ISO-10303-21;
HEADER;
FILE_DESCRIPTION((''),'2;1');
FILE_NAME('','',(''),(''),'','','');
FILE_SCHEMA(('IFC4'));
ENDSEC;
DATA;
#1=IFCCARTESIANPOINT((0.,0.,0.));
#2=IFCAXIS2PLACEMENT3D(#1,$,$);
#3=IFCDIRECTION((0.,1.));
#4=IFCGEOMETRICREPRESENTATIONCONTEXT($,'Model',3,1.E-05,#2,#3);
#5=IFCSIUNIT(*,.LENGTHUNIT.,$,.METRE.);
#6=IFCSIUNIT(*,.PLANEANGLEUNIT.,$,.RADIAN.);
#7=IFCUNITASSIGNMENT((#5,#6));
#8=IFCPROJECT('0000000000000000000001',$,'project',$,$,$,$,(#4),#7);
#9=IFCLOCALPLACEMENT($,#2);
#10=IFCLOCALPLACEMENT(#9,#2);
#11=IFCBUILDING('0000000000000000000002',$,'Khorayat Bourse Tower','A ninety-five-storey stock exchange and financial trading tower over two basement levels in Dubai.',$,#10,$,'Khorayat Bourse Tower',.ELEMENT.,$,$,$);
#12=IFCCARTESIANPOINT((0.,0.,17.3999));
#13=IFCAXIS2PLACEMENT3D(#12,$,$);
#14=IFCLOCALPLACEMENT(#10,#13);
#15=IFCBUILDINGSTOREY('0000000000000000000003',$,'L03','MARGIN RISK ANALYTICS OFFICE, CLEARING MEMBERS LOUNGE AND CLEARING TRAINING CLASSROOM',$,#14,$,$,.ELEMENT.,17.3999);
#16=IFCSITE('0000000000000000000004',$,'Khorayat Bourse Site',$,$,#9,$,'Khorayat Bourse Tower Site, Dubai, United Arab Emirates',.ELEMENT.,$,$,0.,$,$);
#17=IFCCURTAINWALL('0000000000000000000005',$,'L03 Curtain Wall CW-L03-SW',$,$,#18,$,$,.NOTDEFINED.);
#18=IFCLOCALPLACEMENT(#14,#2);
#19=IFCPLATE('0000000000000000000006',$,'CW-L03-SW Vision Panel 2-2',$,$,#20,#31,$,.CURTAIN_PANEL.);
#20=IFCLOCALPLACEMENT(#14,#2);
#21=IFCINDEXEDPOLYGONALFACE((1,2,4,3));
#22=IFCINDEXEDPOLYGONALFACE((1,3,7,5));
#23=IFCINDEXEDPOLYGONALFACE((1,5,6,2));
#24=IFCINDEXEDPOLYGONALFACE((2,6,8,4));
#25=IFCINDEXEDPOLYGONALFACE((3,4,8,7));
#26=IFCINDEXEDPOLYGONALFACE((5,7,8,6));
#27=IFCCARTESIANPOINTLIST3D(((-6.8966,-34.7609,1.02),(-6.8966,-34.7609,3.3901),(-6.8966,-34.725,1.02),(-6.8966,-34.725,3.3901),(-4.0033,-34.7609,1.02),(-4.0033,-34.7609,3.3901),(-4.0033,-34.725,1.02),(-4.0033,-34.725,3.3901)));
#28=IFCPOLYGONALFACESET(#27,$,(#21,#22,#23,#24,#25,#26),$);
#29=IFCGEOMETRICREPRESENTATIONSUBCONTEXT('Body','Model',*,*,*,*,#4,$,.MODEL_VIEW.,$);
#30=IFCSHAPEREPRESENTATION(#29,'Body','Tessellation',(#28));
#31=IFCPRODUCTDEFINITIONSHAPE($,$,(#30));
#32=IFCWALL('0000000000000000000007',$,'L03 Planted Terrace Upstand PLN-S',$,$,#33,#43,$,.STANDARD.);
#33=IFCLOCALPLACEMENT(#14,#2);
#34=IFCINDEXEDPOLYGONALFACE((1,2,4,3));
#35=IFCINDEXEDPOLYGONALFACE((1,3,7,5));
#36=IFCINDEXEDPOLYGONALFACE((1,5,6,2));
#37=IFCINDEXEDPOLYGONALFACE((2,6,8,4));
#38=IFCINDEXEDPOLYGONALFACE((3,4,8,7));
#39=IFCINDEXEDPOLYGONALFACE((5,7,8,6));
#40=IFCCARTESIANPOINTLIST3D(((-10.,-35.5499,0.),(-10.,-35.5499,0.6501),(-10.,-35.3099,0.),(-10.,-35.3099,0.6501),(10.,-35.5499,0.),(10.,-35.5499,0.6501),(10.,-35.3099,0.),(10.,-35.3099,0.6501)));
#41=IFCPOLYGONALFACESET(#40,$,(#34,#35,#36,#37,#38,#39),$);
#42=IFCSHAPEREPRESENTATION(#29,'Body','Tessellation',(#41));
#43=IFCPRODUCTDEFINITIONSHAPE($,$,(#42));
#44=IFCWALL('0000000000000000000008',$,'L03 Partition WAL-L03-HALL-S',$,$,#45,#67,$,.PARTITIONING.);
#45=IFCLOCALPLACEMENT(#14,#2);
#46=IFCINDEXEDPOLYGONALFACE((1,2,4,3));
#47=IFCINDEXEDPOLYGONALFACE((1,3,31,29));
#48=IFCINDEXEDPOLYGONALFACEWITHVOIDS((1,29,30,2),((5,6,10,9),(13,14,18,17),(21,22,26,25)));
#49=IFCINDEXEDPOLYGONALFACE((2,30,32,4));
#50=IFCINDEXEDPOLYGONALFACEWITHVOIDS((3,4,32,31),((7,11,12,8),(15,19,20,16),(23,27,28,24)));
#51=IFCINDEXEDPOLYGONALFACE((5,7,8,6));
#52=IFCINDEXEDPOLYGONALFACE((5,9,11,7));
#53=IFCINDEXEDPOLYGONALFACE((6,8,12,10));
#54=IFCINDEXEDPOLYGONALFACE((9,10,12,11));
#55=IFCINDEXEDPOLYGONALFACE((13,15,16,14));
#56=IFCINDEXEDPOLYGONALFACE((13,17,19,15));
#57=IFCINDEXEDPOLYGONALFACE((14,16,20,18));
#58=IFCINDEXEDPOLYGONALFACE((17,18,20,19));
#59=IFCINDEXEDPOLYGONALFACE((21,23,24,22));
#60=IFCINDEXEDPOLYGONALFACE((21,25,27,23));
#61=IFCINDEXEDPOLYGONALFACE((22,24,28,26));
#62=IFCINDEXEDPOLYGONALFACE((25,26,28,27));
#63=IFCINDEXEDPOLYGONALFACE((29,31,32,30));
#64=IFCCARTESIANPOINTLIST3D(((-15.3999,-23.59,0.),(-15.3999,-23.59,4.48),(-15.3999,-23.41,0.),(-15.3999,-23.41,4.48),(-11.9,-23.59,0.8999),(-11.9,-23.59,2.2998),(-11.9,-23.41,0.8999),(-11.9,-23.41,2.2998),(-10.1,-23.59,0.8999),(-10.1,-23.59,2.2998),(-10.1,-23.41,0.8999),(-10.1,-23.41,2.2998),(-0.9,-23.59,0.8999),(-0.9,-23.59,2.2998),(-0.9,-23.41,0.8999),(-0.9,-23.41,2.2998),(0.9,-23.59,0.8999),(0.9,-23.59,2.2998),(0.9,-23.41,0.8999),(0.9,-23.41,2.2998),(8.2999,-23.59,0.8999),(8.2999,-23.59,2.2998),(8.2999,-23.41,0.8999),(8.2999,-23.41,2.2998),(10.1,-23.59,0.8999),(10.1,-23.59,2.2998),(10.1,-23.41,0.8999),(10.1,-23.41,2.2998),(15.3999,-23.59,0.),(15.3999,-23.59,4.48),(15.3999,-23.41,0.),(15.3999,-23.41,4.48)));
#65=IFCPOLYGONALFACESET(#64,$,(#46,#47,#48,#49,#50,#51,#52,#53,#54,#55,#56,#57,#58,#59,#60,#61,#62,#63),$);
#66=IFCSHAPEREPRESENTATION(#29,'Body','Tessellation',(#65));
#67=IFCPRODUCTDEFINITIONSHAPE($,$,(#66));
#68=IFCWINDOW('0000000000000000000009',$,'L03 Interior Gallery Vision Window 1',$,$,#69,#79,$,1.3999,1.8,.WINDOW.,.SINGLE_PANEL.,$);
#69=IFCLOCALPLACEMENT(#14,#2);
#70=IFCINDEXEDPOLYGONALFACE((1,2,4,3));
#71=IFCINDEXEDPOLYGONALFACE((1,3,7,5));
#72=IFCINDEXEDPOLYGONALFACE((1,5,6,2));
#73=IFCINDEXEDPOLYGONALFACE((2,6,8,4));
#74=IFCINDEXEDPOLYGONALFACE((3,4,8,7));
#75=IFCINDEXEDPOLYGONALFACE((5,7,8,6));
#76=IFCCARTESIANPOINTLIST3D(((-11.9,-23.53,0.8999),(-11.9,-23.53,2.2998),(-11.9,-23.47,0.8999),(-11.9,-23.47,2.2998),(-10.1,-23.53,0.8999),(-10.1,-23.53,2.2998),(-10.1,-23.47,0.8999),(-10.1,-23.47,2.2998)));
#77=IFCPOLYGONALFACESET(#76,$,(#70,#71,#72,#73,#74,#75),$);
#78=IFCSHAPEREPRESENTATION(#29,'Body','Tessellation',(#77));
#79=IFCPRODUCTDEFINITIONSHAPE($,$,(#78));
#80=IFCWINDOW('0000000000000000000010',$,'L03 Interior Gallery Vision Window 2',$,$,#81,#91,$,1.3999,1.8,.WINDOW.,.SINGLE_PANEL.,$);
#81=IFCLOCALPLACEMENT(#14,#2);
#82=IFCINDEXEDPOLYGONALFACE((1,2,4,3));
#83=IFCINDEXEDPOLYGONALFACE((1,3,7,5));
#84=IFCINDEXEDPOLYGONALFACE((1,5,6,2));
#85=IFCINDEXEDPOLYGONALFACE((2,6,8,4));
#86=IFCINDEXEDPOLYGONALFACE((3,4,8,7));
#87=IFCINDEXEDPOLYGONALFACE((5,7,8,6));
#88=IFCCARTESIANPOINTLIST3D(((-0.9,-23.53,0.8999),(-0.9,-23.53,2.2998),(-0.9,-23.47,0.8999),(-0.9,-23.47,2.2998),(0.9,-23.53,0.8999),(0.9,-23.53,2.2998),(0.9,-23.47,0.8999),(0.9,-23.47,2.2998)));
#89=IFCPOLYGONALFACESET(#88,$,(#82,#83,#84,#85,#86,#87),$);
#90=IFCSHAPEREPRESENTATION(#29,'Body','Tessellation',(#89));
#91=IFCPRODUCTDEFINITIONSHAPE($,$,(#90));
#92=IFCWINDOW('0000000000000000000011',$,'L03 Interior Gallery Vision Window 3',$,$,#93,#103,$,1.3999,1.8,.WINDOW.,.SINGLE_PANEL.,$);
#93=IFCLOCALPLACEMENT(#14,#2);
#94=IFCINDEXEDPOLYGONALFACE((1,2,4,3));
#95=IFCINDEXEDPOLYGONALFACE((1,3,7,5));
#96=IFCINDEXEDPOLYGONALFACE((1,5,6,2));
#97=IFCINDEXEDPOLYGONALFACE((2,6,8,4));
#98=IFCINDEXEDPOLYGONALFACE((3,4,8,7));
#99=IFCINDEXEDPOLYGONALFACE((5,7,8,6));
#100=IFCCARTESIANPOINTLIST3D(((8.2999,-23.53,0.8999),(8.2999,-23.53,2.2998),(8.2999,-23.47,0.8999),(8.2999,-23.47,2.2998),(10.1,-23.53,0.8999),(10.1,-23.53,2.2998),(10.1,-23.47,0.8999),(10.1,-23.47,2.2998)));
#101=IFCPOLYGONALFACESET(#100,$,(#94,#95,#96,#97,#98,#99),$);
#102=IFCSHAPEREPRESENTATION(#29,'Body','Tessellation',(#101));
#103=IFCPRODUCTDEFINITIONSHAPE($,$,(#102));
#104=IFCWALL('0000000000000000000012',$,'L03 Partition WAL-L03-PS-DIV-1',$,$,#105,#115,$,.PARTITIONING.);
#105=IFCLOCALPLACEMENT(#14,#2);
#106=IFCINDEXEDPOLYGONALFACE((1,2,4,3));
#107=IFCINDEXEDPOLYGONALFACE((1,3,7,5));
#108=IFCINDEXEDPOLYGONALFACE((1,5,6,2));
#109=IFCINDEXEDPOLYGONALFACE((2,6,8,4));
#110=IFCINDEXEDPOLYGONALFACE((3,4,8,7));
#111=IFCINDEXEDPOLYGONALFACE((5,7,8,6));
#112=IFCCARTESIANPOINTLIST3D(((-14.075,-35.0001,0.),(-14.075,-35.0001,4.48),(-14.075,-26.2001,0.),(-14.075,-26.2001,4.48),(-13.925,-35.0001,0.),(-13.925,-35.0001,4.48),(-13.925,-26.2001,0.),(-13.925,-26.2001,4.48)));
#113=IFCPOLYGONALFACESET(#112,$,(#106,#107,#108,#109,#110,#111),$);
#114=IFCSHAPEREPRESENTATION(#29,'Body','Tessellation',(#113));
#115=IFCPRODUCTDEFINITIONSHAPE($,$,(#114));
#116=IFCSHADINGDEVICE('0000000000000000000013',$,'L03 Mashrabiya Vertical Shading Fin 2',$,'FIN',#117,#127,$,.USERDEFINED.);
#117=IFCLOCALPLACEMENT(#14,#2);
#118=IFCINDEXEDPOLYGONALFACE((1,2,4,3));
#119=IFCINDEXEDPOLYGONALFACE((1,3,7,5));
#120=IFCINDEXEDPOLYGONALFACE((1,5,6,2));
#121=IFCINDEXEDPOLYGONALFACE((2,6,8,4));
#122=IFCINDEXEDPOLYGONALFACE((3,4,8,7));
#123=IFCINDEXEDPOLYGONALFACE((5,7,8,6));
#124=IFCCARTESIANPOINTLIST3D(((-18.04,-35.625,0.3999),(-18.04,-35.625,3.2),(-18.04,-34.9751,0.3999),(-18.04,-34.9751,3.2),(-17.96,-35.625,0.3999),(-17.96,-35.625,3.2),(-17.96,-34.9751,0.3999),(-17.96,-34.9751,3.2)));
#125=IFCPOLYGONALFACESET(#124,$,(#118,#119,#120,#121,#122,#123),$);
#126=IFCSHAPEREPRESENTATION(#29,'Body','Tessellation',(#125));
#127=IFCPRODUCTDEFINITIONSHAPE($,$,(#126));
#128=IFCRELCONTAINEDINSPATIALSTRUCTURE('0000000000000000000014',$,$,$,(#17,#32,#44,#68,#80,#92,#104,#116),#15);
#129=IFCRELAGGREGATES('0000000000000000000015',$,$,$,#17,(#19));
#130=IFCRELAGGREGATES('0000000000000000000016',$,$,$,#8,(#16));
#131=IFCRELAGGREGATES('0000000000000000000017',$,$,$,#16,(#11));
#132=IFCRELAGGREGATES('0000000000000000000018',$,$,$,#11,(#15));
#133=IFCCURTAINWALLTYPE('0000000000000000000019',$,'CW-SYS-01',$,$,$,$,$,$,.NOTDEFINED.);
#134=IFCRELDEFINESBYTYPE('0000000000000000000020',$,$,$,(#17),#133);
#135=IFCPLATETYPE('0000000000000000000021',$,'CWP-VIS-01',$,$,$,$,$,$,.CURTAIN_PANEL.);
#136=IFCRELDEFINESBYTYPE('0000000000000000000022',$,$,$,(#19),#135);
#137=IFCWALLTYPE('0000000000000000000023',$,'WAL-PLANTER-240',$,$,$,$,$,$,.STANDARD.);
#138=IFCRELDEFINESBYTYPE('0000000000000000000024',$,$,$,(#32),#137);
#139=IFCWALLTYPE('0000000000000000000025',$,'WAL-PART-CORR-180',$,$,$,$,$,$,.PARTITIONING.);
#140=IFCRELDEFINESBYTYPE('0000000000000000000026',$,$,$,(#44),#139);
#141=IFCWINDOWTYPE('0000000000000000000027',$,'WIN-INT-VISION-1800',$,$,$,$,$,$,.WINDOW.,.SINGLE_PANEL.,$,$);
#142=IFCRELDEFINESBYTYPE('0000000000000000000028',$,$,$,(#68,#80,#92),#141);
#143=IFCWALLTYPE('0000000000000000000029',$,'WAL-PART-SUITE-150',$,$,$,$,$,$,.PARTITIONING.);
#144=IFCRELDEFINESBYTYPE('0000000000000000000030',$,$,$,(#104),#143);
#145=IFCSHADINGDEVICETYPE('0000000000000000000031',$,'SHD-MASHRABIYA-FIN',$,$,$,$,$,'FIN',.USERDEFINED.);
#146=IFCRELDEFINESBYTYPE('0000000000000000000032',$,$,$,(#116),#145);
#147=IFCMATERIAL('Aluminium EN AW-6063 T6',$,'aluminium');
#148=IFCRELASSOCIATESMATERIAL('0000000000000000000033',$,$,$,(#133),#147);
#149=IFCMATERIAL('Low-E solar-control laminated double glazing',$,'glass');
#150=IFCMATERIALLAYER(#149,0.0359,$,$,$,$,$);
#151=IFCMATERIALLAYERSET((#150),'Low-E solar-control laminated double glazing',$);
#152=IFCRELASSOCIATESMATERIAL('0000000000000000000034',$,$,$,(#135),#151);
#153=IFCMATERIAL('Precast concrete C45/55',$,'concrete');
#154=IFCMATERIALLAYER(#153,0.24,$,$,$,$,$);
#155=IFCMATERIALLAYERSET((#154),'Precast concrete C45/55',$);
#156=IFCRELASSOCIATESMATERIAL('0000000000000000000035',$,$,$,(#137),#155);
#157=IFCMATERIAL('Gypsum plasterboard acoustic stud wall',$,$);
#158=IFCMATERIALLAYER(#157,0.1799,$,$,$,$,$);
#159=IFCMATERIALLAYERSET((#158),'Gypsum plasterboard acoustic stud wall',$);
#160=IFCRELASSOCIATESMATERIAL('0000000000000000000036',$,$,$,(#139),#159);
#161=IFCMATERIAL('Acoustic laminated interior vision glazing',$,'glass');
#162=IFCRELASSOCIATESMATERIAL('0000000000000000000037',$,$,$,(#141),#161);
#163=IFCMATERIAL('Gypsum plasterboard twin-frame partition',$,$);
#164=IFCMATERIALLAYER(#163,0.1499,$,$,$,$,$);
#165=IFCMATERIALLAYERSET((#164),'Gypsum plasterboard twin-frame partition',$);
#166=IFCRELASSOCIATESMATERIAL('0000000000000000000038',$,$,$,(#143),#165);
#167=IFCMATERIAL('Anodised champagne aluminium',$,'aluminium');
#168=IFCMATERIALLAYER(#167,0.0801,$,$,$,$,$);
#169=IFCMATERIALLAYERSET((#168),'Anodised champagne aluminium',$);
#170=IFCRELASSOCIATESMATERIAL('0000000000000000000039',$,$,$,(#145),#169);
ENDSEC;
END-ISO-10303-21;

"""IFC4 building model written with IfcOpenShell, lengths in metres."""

from ifc_helpers import new_model, si_unit, direction, frame, frame_2d, origin, origin_2d, place, context, subcontext, project, spatial, rectangle, extrude, source, transform, mapped, material, layer, layer_set, type_object, element, fill, aggregate, save


model = new_model("IFC4")

# Units and contexts
model_context = context("Model", 3, precision=1e-05, world=origin(), true_north=direction((0.0, 1.0)))
body_context = subcontext(model_context, "Body", "Model", "MODEL_VIEW")
ifc_project = project(units=[si_unit("LENGTHUNIT", "METRE"), si_unit("PLANEANGLEUNIT", "RADIAN")], contexts=[model_context])

# Site, building, storey
site_placement = place(None, origin())
site = spatial("IfcSite", under=ifc_project, at=site_placement, Name="Khorayat Bourse Site", LongName="Khorayat Bourse Tower Site, Dubai, United Arab Emirates", CompositionType="ELEMENT", RefElevation=0.0)
building_placement = place(site_placement, origin())
building = spatial("IfcBuilding", under=site, at=building_placement, Name="Khorayat Bourse Tower", Description="A ninety-five-storey stock exchange and financial trading tower over two basement levels in Dubai.", LongName="Khorayat Bourse Tower", CompositionType="ELEMENT")
storey_placement = place(building_placement, frame((0.0, 0.0, 17.3999)))
storey = spatial("IfcBuildingStorey", under=building, at=storey_placement, Name="L03", Description="MARGIN RISK ANALYTICS OFFICE, CLEARING MEMBERS LOUNGE AND CLEARING TRAINING CLASSROOM", CompositionType="ELEMENT", Elevation=17.3999)

# Curtain wall
ifc_material_1 = material(Name="Aluminium EN AW-6063 T6", Category="aluminium")
curtain_wall_type = type_object("IfcCurtainWallType", Name="CW-SYS-01", PredefinedType="NOTDEFINED", material=ifc_material_1)
curtain_wall_placement = place(storey_placement, origin())
curtain_wall = element("IfcCurtainWall", 1, at=curtain_wall_placement, inside=storey, type_object=curtain_wall_type, Name="L03 Curtain Wall CW-L03-SW", PredefinedType="NOTDEFINED")

# Plate
ifc_material_2 = material(Name="Low-E solar-control laminated double glazing", Category="glass")
ifc_layer_1 = layer(ifc_material_2, 0.0359)
ifc_layer_set_1 = layer_set([ifc_layer_1], Name="Low-E solar-control laminated double glazing")
plate_type_1 = type_object("IfcPlateType", Name="CWP-VIS-01", PredefinedType="CURTAIN_PANEL", material=ifc_layer_set_1)
shared_shape_1 = source(origin(), body_context, "Body", "SweptSolid", [
    extrude(rectangle(XDim=2.8933, YDim=0.0359, at=origin_2d()), origin(), (0.0, 0.0, 1.0), 2.3701),
])
plate_1_placement = place(storey_placement, frame((-5.45, -34.7429, 1.02), z_axis=(0.0, 0.0, 1.0), x_axis=(1.0, 0.0, 0.0)))
plate_1 = element("IfcPlate", 2, at=plate_1_placement, type_object=plate_type_1, Name="CW-L03-SW Vision Panel 2-2", PredefinedType="CURTAIN_PANEL", context=body_context, shape_type="MappedRepresentation", body=[
    mapped(shared_shape_1, transform((0.0, 0.0, 0.0), scale=1.0)),
])
aggregate(curtain_wall, [plate_1])

# Wall
ifc_material_3 = material(Name="Precast concrete C45/55", Category="concrete")
ifc_layer_2 = layer(ifc_material_3, 0.24)
ifc_layer_set_2 = layer_set([ifc_layer_2], Name="Precast concrete C45/55")
wall_type_1 = type_object("IfcWallType", Name="WAL-PLANTER-240", PredefinedType="STANDARD", material=ifc_layer_set_2)
shared_shape_2 = source(origin(), body_context, "Body", "SweptSolid", [
    extrude(rectangle(XDim=20.0, YDim=0.24, at=frame_2d((10.0, 0.0))), origin(), (0.0, 0.0, 1.0), 0.6501),
])
wall_1_placement = place(storey_placement, frame((-10.0, -35.4299, 0.0), z_axis=(0.0, 0.0, 1.0), x_axis=(1.0, 0.0, 0.0)))
element("IfcWall", 3, at=wall_1_placement, inside=storey, type_object=wall_type_1, Name="L03 Planted Terrace Upstand PLN-S", PredefinedType="STANDARD", context=body_context, shape_type="MappedRepresentation", body=[
    mapped(shared_shape_2, transform((0.0, 0.0, 0.0), scale=1.0)),
])

# Wall, openings, windows
ifc_material_4 = material(Name="Gypsum plasterboard acoustic stud wall")
ifc_layer_3 = layer(ifc_material_4, 0.1799)
ifc_layer_set_3 = layer_set([ifc_layer_3], Name="Gypsum plasterboard acoustic stud wall")
wall_type_2 = type_object("IfcWallType", Name="WAL-PART-CORR-180", PredefinedType="PARTITIONING", material=ifc_layer_set_3)
shared_shape_3 = source(origin(), body_context, "Body", "SweptSolid", [
    extrude(rectangle(XDim=30.7998, YDim=0.1799, at=frame_2d((15.3999, 0.0))), origin(), (0.0, 0.0, 1.0), 4.48),
])
wall_2_placement = place(storey_placement, frame((-15.3999, -23.5, 0.0), z_axis=(0.0, 0.0, 1.0), x_axis=(1.0, 0.0, 0.0)))
wall_2 = element("IfcWall", 4, at=wall_2_placement, inside=storey, type_object=wall_type_2, Name="L03 Partition WAL-L03-HALL-S", PredefinedType="PARTITIONING", context=body_context, shape_type="MappedRepresentation", body=[
    mapped(shared_shape_3, transform((0.0, 0.0, 0.0), scale=1.0)),
])
shared_shape_4 = source(origin(), body_context, "Body", "SweptSolid", [
    extrude(rectangle(XDim=1.8, YDim=1.3999, at=frame_2d((0.8999, 0.7))), frame((0.0, 0.0999, 0.0), z_axis=(0.0, -1.0, 0.0), x_axis=(1.0, 0.0, 0.0)), (0.0, 0.0, 1.0), 0.2),
])
opening_1_placement = place(wall_2_placement, frame((3.5, 0.0, 0.8999)))
opening_1 = element("IfcOpeningElement", 5, at=opening_1_placement, cuts=wall_2, PredefinedType="OPENING", context=body_context, shape_type="MappedRepresentation", body=[
    mapped(shared_shape_4, transform((0.0, 0.0, 0.0), scale=1.0)),
])
opening_2_placement = place(wall_2_placement, frame((14.5, 0.0, 0.8999)))
opening_2 = element("IfcOpeningElement", 6, at=opening_2_placement, cuts=wall_2, PredefinedType="OPENING", context=body_context, shape_type="MappedRepresentation", body=[
    mapped(shared_shape_4, transform((0.0, 0.0, 0.0), scale=1.0)),
])
opening_3_placement = place(wall_2_placement, frame((23.7, 0.0, 0.8999)))
opening_3 = element("IfcOpeningElement", 7, at=opening_3_placement, cuts=wall_2, PredefinedType="OPENING", context=body_context, shape_type="MappedRepresentation", body=[
    mapped(shared_shape_4, transform((0.0, 0.0, 0.0), scale=1.0)),
])
ifc_material_5 = material(Name="Acoustic laminated interior vision glazing", Category="glass")
window_type = type_object("IfcWindowType", Name="WIN-INT-VISION-1800", PartitioningType="SINGLE_PANEL", PredefinedType="WINDOW", material=ifc_material_5)
shared_shape_5 = source(origin(), body_context, "Body", "SweptSolid", [
    extrude(rectangle(XDim=1.8, YDim=1.3999, at=frame_2d((0.8999, 0.7))), frame((0.0, 0.03, 0.0), z_axis=(0.0, -1.0, 0.0), x_axis=(1.0, 0.0, 0.0)), (0.0, 0.0, 1.0), 0.0601),
])
window_1_placement = place(opening_1_placement, origin())
window_1 = element("IfcWindow", 8, at=window_1_placement, inside=storey, type_object=window_type, Name="L03 Interior Gallery Vision Window 1", OverallHeight=1.3999, OverallWidth=1.8, PartitioningType="SINGLE_PANEL", PredefinedType="WINDOW", context=body_context, shape_type="MappedRepresentation", body=[
    mapped(shared_shape_5, transform((0.0, 0.0, 0.0), scale=1.0)),
])
fill(opening_1, window_1)
window_2_placement = place(opening_2_placement, origin())
window_2 = element("IfcWindow", 9, at=window_2_placement, inside=storey, type_object=window_type, Name="L03 Interior Gallery Vision Window 2", OverallHeight=1.3999, OverallWidth=1.8, PartitioningType="SINGLE_PANEL", PredefinedType="WINDOW", context=body_context, shape_type="MappedRepresentation", body=[
    mapped(shared_shape_5, transform((0.0, 0.0, 0.0), scale=1.0)),
])
fill(opening_2, window_2)
window_3_placement = place(opening_3_placement, origin())
window_3 = element("IfcWindow", 10, at=window_3_placement, inside=storey, type_object=window_type, Name="L03 Interior Gallery Vision Window 3", OverallHeight=1.3999, OverallWidth=1.8, PartitioningType="SINGLE_PANEL", PredefinedType="WINDOW", context=body_context, shape_type="MappedRepresentation", body=[
    mapped(shared_shape_5, transform((0.0, 0.0, 0.0), scale=1.0)),
])
fill(opening_3, window_3)

# Wall
ifc_material_6 = material(Name="Gypsum plasterboard twin-frame partition")
ifc_layer_4 = layer(ifc_material_6, 0.1499)
ifc_layer_set_4 = layer_set([ifc_layer_4], Name="Gypsum plasterboard twin-frame partition")
wall_type_3 = type_object("IfcWallType", Name="WAL-PART-SUITE-150", PredefinedType="PARTITIONING", material=ifc_layer_set_4)
shared_shape_6 = source(origin(), body_context, "Body", "SweptSolid", [
    extrude(rectangle(XDim=8.8, YDim=0.1499, at=frame_2d((4.3999, 0.0))), origin(), (0.0, 0.0, 1.0), 4.48),
])
wall_3_placement = place(storey_placement, frame((-14.0, -35.0, 0.0), z_axis=(0.0, 0.0, 1.0), x_axis=(0.0, 1.0, 0.0)))
element("IfcWall", 11, at=wall_3_placement, inside=storey, type_object=wall_type_3, Name="L03 Partition WAL-L03-PS-DIV-1", PredefinedType="PARTITIONING", context=body_context, shape_type="MappedRepresentation", body=[
    mapped(shared_shape_6, transform((0.0, 0.0, 0.0), scale=1.0)),
])

# Shading device
ifc_material_7 = material(Name="Anodised champagne aluminium", Category="aluminium")
ifc_layer_5 = layer(ifc_material_7, 0.0801)
ifc_layer_set_5 = layer_set([ifc_layer_5], Name="Anodised champagne aluminium")
shading_device_type = type_object("IfcShadingDeviceType", Name="SHD-MASHRABIYA-FIN", ElementType="FIN", PredefinedType="USERDEFINED", material=ifc_layer_set_5)
shared_shape_7 = source(origin(), body_context, "Body", "SweptSolid", [
    extrude(rectangle(XDim=0.0801, YDim=0.6499, at=origin_2d()), origin(), (0.0, 0.0, 1.0), 2.8),
])
shading_device_placement = place(storey_placement, frame((-18.0, -35.3, 0.3999), z_axis=(0.0, 0.0, 1.0), x_axis=(1.0, 0.0, 0.0)))
element("IfcShadingDevice", 12, at=shading_device_placement, inside=storey, type_object=shading_device_type, Name="L03 Mashrabiya Vertical Shading Fin 2", ObjectType="FIN", PredefinedType="USERDEFINED", context=body_context, shape_type="MappedRepresentation", body=[
    mapped(shared_shape_7, transform((0.0, 0.0, 0.0), scale=1.0)),
])

save(model, "model.ifc")
